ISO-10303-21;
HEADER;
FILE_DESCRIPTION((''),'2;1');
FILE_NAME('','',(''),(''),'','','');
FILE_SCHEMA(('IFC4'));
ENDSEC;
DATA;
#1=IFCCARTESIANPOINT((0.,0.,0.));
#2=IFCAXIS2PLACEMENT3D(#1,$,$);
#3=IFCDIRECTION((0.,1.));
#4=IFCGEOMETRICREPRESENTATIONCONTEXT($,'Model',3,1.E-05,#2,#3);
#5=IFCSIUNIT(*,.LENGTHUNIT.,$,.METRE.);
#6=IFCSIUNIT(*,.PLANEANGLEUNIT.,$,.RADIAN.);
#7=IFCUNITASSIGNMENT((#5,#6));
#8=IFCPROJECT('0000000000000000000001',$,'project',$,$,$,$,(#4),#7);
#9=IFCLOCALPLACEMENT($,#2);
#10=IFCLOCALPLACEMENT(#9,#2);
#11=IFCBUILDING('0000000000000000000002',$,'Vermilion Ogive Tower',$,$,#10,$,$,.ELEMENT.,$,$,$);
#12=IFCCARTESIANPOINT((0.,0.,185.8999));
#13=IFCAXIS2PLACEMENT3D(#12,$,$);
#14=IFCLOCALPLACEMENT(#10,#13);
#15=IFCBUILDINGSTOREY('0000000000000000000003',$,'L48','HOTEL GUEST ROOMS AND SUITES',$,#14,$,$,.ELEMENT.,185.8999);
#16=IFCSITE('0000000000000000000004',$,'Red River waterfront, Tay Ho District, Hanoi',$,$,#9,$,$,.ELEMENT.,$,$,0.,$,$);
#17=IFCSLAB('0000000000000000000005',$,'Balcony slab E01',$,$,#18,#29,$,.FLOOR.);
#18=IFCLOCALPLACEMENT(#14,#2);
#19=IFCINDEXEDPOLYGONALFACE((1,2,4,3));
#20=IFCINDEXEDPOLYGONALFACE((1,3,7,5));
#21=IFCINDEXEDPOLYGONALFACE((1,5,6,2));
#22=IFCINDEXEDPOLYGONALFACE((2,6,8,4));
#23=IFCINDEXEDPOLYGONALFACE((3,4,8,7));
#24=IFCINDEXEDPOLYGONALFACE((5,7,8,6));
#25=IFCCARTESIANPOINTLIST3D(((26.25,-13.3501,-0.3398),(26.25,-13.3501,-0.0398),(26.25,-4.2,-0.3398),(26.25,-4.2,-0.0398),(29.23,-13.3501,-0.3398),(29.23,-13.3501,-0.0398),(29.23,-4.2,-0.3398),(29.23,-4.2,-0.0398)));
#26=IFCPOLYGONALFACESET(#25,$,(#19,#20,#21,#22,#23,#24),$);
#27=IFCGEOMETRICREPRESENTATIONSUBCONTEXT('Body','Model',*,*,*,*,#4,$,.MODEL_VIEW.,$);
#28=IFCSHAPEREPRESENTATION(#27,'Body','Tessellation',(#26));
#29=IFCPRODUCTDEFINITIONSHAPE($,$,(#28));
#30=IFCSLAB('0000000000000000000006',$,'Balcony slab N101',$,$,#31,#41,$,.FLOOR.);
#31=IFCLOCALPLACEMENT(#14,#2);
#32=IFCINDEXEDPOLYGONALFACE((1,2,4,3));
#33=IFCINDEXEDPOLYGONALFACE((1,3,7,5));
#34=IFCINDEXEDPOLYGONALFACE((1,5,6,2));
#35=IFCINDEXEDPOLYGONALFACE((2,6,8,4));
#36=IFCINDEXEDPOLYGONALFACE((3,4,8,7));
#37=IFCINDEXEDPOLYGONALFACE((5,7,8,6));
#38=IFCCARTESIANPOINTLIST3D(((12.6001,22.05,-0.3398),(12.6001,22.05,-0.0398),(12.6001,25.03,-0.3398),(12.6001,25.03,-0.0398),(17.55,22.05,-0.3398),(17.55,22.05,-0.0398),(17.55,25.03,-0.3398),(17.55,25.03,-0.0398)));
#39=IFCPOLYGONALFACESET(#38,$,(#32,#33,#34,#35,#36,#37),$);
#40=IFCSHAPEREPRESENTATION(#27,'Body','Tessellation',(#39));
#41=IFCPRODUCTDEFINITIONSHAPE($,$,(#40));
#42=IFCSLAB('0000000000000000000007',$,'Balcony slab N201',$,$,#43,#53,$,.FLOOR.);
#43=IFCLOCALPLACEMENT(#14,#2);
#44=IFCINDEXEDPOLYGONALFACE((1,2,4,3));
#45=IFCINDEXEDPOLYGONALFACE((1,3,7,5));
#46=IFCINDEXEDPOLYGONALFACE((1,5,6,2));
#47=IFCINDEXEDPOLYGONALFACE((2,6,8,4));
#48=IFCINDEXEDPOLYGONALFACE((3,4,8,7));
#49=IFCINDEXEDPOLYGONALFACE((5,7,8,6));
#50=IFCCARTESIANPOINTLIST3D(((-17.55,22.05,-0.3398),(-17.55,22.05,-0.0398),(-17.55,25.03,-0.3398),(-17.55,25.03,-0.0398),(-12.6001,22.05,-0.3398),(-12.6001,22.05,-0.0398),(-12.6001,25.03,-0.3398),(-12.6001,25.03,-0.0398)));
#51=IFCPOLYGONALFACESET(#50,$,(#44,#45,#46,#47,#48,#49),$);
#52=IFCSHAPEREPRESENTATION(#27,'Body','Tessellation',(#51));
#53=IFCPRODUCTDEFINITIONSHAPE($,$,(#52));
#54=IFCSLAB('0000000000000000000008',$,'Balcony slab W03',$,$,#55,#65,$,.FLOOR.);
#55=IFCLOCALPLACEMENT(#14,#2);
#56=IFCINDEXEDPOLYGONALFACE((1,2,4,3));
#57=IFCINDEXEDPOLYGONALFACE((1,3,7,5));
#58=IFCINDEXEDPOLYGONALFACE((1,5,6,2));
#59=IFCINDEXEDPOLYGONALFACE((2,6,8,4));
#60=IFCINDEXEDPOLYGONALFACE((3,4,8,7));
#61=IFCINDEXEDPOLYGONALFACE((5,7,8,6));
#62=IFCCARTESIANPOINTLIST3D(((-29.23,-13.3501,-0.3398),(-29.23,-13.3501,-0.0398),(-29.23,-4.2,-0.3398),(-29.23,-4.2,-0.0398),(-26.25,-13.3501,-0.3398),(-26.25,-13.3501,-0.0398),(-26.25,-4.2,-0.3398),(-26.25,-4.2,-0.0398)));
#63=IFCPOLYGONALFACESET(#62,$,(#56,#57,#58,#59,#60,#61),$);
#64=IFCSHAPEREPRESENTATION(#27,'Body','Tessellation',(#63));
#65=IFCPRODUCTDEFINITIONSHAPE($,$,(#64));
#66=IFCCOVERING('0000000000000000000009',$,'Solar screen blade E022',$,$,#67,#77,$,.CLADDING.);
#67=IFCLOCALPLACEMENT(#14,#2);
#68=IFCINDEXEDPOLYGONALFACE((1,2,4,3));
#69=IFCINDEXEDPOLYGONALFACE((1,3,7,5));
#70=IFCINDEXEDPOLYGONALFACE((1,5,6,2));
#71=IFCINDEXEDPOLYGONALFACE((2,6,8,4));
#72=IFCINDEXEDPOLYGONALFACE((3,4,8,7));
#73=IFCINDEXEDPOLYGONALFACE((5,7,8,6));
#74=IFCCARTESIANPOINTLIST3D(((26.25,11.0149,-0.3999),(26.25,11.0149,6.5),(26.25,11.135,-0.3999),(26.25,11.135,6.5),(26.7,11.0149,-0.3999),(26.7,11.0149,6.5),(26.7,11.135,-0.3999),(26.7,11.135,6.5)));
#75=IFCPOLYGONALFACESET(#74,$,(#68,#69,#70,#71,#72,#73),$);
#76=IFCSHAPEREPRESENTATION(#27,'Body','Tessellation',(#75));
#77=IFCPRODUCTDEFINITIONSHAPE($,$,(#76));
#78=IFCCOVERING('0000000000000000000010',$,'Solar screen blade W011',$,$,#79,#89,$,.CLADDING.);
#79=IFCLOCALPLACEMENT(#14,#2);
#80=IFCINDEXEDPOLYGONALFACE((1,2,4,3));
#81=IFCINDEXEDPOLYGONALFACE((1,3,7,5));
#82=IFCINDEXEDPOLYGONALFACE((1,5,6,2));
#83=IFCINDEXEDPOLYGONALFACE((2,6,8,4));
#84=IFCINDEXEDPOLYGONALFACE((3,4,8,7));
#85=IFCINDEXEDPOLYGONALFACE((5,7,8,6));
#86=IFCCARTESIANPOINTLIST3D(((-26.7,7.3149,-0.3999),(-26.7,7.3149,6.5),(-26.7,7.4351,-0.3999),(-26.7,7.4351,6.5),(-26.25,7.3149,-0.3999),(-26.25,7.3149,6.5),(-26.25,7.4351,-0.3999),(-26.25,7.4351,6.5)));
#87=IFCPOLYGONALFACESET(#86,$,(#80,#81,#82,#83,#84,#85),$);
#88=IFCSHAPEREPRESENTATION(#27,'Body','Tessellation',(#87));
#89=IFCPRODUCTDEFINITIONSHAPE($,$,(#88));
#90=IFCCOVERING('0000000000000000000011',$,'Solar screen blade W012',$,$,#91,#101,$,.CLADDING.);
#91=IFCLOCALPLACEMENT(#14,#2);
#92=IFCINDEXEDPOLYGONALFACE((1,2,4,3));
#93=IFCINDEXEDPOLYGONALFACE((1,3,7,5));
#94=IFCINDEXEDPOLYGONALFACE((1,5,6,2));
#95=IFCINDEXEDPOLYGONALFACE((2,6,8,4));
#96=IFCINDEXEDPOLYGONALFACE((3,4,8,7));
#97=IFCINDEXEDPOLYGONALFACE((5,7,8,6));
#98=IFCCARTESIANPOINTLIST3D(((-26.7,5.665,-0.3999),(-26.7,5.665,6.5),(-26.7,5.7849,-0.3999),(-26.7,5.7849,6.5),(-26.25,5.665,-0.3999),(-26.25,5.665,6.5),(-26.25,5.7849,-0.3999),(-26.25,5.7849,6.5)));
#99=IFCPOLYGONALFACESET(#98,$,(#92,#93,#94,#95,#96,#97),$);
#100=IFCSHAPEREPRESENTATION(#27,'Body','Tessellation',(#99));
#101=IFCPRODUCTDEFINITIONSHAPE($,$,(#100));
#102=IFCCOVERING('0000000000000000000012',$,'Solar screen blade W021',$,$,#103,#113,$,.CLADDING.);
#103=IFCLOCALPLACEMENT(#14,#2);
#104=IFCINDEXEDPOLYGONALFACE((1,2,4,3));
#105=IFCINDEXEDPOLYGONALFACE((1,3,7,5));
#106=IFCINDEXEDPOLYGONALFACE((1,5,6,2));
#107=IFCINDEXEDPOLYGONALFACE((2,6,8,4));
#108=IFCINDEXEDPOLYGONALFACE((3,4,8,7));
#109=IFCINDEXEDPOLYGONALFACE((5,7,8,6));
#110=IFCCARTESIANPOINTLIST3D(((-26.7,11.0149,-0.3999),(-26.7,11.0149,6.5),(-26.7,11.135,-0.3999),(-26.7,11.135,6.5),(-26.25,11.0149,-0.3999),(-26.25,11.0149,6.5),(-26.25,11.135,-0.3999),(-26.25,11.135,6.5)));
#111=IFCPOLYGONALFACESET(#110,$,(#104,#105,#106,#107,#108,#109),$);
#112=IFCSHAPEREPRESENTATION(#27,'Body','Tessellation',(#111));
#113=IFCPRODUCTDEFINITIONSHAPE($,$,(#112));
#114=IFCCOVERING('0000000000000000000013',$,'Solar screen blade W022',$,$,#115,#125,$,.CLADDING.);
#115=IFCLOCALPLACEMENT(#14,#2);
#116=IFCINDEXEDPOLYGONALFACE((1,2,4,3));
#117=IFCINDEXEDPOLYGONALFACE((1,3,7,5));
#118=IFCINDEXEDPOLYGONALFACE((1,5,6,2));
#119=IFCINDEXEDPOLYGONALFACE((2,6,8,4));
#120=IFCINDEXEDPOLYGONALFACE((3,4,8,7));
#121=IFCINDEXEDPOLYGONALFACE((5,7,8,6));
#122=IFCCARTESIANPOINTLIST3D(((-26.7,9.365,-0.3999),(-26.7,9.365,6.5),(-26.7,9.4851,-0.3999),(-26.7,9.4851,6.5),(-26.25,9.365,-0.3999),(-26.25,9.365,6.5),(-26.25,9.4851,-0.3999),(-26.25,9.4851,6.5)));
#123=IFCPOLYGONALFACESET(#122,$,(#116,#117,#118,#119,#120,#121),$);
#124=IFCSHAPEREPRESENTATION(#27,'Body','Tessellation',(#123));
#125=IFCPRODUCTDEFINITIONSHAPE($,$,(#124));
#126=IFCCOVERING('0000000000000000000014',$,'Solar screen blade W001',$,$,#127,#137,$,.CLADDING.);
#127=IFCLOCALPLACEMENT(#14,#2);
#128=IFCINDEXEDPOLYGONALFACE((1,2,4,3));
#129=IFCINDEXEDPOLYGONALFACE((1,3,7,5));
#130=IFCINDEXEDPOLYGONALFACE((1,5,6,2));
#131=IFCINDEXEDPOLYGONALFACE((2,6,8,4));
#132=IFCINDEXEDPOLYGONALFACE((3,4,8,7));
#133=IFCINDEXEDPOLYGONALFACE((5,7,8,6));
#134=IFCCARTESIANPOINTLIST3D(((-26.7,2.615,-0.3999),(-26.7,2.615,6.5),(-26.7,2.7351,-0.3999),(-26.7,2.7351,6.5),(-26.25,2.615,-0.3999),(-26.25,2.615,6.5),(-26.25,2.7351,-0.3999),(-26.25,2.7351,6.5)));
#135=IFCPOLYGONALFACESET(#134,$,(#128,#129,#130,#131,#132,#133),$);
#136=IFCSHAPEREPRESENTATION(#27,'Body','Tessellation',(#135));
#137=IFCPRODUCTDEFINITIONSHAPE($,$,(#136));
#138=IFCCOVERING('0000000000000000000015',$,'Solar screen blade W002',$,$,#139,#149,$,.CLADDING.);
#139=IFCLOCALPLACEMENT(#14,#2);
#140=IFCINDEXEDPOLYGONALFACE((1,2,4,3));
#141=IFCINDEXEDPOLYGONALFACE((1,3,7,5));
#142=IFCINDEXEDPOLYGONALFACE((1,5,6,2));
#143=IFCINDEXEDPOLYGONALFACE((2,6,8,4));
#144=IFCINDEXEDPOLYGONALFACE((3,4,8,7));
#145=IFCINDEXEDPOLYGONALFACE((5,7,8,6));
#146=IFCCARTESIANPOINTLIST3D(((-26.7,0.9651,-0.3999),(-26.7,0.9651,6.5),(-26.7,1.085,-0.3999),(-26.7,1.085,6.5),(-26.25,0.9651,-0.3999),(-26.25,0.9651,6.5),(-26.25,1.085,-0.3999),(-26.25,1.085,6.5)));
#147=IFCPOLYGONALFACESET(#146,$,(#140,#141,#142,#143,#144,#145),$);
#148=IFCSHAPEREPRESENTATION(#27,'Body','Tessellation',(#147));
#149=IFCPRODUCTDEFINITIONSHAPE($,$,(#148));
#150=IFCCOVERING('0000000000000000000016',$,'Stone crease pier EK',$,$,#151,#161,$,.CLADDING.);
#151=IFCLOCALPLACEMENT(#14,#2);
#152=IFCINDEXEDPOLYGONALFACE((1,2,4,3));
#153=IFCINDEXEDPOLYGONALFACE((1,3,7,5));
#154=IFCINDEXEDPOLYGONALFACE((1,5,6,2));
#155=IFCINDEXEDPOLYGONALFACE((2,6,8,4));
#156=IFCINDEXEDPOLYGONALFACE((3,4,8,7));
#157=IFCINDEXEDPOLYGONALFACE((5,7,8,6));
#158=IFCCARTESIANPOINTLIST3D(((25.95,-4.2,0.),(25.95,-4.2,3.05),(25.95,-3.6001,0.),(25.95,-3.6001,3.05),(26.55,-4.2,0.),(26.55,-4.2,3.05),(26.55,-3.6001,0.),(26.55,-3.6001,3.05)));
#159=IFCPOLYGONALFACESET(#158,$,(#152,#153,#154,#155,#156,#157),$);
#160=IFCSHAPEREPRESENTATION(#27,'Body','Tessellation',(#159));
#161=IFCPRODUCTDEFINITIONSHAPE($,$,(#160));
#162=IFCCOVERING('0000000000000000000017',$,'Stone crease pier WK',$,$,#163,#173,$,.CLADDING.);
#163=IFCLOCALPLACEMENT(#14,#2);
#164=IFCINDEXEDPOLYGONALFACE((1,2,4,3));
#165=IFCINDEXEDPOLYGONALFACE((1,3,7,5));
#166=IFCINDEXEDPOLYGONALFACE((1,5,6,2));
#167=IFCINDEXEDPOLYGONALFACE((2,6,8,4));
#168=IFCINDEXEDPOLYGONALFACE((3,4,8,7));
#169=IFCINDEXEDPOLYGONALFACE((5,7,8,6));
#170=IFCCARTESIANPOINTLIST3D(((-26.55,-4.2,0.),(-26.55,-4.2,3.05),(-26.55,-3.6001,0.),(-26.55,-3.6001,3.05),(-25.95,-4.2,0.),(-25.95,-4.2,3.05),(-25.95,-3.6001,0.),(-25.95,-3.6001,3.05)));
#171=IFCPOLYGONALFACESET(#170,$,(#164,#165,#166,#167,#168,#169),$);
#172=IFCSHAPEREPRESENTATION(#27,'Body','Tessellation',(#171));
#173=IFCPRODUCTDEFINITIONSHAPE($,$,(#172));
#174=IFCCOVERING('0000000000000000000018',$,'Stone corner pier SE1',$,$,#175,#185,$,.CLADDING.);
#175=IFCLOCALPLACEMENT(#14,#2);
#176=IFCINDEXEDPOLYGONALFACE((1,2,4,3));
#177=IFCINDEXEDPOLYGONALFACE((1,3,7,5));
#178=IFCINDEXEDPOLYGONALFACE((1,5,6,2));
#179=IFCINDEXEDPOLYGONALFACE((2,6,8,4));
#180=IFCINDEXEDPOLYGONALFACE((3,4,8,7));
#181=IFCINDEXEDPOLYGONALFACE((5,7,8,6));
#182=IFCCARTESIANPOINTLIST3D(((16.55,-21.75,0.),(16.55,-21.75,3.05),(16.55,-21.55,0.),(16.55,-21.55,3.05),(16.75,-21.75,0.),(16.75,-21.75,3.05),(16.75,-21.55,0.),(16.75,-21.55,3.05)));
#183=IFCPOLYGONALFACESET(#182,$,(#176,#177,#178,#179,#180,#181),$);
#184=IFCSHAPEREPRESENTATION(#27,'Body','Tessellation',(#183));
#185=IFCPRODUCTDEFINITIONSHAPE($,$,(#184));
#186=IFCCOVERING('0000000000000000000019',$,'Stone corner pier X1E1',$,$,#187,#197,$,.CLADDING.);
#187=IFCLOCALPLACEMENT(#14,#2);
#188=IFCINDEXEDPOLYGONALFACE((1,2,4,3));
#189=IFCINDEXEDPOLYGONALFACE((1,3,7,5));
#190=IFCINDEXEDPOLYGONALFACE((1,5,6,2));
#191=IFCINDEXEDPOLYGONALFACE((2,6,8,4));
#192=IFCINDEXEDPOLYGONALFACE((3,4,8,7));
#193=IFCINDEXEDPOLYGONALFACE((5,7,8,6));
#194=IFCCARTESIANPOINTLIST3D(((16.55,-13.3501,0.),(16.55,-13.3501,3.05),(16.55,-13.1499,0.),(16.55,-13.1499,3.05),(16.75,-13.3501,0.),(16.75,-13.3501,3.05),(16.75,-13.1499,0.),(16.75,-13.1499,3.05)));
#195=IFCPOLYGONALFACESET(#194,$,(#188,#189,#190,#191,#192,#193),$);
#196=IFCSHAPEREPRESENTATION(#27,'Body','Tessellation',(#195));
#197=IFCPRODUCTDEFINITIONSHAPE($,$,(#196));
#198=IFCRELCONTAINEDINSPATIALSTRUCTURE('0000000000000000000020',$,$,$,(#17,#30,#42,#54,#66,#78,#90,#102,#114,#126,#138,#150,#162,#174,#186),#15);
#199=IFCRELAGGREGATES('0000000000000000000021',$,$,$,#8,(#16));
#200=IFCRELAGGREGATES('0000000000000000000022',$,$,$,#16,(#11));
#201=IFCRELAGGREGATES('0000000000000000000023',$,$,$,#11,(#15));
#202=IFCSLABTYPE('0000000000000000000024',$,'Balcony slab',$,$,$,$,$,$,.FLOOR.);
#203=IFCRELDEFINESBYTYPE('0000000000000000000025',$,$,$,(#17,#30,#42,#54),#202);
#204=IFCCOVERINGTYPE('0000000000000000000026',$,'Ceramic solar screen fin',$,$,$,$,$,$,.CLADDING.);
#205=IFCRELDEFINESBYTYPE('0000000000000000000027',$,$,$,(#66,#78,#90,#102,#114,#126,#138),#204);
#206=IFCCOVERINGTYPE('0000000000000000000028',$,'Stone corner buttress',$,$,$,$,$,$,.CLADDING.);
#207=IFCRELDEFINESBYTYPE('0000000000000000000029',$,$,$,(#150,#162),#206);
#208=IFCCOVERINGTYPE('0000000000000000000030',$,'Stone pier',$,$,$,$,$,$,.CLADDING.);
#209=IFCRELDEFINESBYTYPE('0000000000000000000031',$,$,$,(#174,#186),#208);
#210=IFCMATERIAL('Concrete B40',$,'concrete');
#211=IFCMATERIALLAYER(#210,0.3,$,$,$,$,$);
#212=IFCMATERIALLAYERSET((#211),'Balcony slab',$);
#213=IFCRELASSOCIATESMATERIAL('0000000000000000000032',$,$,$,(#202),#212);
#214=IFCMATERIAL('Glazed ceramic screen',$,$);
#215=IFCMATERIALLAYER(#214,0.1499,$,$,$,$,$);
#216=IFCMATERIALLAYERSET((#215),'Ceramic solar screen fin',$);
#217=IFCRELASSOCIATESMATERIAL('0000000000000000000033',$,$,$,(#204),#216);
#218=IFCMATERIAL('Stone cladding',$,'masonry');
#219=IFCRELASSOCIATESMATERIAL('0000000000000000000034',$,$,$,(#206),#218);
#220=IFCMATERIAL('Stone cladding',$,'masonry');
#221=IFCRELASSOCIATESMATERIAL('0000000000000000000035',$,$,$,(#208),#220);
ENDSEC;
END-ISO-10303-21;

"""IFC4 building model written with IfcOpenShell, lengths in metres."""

from ifc_helpers import new_model, si_unit, direction, frame, origin, place, context, subcontext, project, spatial, polyline, outline, extrude, material, layer, layer_set, type_object, element, save


model = new_model("IFC4")

# Units and contexts
model_context = context("Model", 3, precision=1e-05, world=origin(), true_north=direction((0.0, 1.0)))
body_context = subcontext(model_context, "Body", "Model", "MODEL_VIEW")
ifc_project = project(units=[si_unit("LENGTHUNIT", "METRE"), si_unit("PLANEANGLEUNIT", "RADIAN")], contexts=[model_context])

# Site, building, storey
site_placement = place(None, origin())
site = spatial("IfcSite", under=ifc_project, at=site_placement, Name="Red River waterfront, Tay Ho District, Hanoi", CompositionType="ELEMENT", RefElevation=0.0)
building_placement = place(site_placement, origin())
building = spatial("IfcBuilding", under=site, at=building_placement, Name="Vermilion Ogive Tower", CompositionType="ELEMENT")
storey_placement = place(building_placement, frame((0.0, 0.0, 185.8999)))
storey = spatial("IfcBuildingStorey", under=building, at=storey_placement, Name="L48", Description="HOTEL GUEST ROOMS AND SUITES", CompositionType="ELEMENT", Elevation=185.8999)

# Slabs
ifc_material_1 = material(Name="Concrete B40", Category="concrete")
ifc_layer_1 = layer(ifc_material_1, 0.3)
ifc_layer_set_1 = layer_set([ifc_layer_1], Name="Balcony slab")
slab_type = type_object("IfcSlabType", Name="Balcony slab", PredefinedType="FLOOR", material=ifc_layer_set_1)
slab_1_placement = place(storey_placement, frame((0.0, 0.0, -0.3398)))
element("IfcSlab", 1, at=slab_1_placement, inside=storey, type_object=slab_type, Name="Balcony slab E01", PredefinedType="FLOOR", context=body_context, shape_type="SweptSolid", body=[
    extrude(outline(polyline([(29.23, -13.3501), (29.23, -4.2), (26.25, -4.2), (26.25, -13.3501), (29.23, -13.3501)])), origin(), (0.0, 0.0, 1.0), 0.3),
])
slab_2_placement = place(storey_placement, frame((0.0, 0.0, -0.3398)))
element("IfcSlab", 2, at=slab_2_placement, inside=storey, type_object=slab_type, Name="Balcony slab N101", PredefinedType="FLOOR", context=body_context, shape_type="SweptSolid", body=[
    extrude(outline(polyline([(17.55, 25.03), (12.6001, 25.03), (12.6001, 22.05), (17.55, 22.05), (17.55, 25.03)])), origin(), (0.0, 0.0, 1.0), 0.3),
])
slab_3_placement = place(storey_placement, frame((0.0, 0.0, -0.3398)))
element("IfcSlab", 3, at=slab_3_placement, inside=storey, type_object=slab_type, Name="Balcony slab N201", PredefinedType="FLOOR", context=body_context, shape_type="SweptSolid", body=[
    extrude(outline(polyline([(-12.6001, 25.03), (-17.55, 25.03), (-17.55, 22.05), (-12.6001, 22.05), (-12.6001, 25.03)])), origin(), (0.0, 0.0, 1.0), 0.3),
])
slab_4_placement = place(storey_placement, frame((0.0, 0.0, -0.3398)))
element("IfcSlab", 4, at=slab_4_placement, inside=storey, type_object=slab_type, Name="Balcony slab W03", PredefinedType="FLOOR", context=body_context, shape_type="SweptSolid", body=[
    extrude(outline(polyline([(-29.23, -4.2), (-29.23, -13.3501), (-26.25, -13.3501), (-26.25, -4.2), (-29.23, -4.2)])), origin(), (0.0, 0.0, 1.0), 0.3),
])

# Coverings
ifc_material_2 = material(Name="Glazed ceramic screen")
ifc_layer_2 = layer(ifc_material_2, 0.1499)
ifc_layer_set_2 = layer_set([ifc_layer_2], Name="Ceramic solar screen fin")
covering_type_1 = type_object("IfcCoveringType", Name="Ceramic solar screen fin", PredefinedType="CLADDING", material=ifc_layer_set_2)
covering_1_placement = place(storey_placement, frame((0.0, 0.0, -0.3999)))
element("IfcCovering", 5, at=covering_1_placement, inside=storey, type_object=covering_type_1, Name="Solar screen blade E022", PredefinedType="CLADDING", context=body_context, shape_type="SweptSolid", body=[
    extrude(outline(polyline([(26.7, 11.0149), (26.7, 11.135), (26.25, 11.135), (26.25, 11.0149), (26.7, 11.0149)])), origin(), (0.0, 0.0, 1.0), 6.8999),
])
covering_2_placement = place(storey_placement, frame((0.0, 0.0, -0.3999)))
element("IfcCovering", 6, at=covering_2_placement, inside=storey, type_object=covering_type_1, Name="Solar screen blade W011", PredefinedType="CLADDING", context=body_context, shape_type="SweptSolid", body=[
    extrude(outline(polyline([(-26.7, 7.4351), (-26.7, 7.3149), (-26.25, 7.3149), (-26.25, 7.4351), (-26.7, 7.4351)])), origin(), (0.0, 0.0, 1.0), 6.8999),
])
covering_3_placement = place(storey_placement, frame((0.0, 0.0, -0.3999)))
element("IfcCovering", 7, at=covering_3_placement, inside=storey, type_object=covering_type_1, Name="Solar screen blade W012", PredefinedType="CLADDING", context=body_context, shape_type="SweptSolid", body=[
    extrude(outline(polyline([(-26.7, 5.7849), (-26.7, 5.665), (-26.25, 5.665), (-26.25, 5.7849), (-26.7, 5.7849)])), origin(), (0.0, 0.0, 1.0), 6.8999),
])
covering_4_placement = place(storey_placement, frame((0.0, 0.0, -0.3999)))
element("IfcCovering", 8, at=covering_4_placement, inside=storey, type_object=covering_type_1, Name="Solar screen blade W021", PredefinedType="CLADDING", context=body_context, shape_type="SweptSolid", body=[
    extrude(outline(polyline([(-26.7, 11.135), (-26.7, 11.0149), (-26.25, 11.0149), (-26.25, 11.135), (-26.7, 11.135)])), origin(), (0.0, 0.0, 1.0), 6.8999),
])
covering_5_placement = place(storey_placement, frame((0.0, 0.0, -0.3999)))
element("IfcCovering", 9, at=covering_5_placement, inside=storey, type_object=covering_type_1, Name="Solar screen blade W022", PredefinedType="CLADDING", context=body_context, shape_type="SweptSolid", body=[
    extrude(outline(polyline([(-26.7, 9.4851), (-26.7, 9.365), (-26.25, 9.365), (-26.25, 9.4851), (-26.7, 9.4851)])), origin(), (0.0, 0.0, 1.0), 6.8999),
])
covering_6_placement = place(storey_placement, frame((0.0, 0.0, -0.3999)))
element("IfcCovering", 10, at=covering_6_placement, inside=storey, type_object=covering_type_1, Name="Solar screen blade W001", PredefinedType="CLADDING", context=body_context, shape_type="SweptSolid", body=[
    extrude(outline(polyline([(-26.7, 2.7351), (-26.7, 2.615), (-26.25, 2.615), (-26.25, 2.7351), (-26.7, 2.7351)])), origin(), (0.0, 0.0, 1.0), 6.8999),
])
covering_7_placement = place(storey_placement, frame((0.0, 0.0, -0.3999)))
element("IfcCovering", 11, at=covering_7_placement, inside=storey, type_object=covering_type_1, Name="Solar screen blade W002", PredefinedType="CLADDING", context=body_context, shape_type="SweptSolid", body=[
    extrude(outline(polyline([(-26.7, 1.085), (-26.7, 0.9651), (-26.25, 0.9651), (-26.25, 1.085), (-26.7, 1.085)])), origin(), (0.0, 0.0, 1.0), 6.8999),
])
ifc_material_3 = material(Name="Stone cladding", Category="masonry")
covering_type_2 = type_object("IfcCoveringType", Name="Stone corner buttress", PredefinedType="CLADDING", material=ifc_material_3)
covering_8_placement = place(storey_placement, origin())
element("IfcCovering", 12, at=covering_8_placement, inside=storey, type_object=covering_type_2, Name="Stone crease pier EK", PredefinedType="CLADDING", context=body_context, shape_type="SweptSolid", body=[
    extrude(outline(polyline([(26.55, -4.2), (26.55, -3.6001), (25.95, -3.6001), (25.95, -4.2), (26.55, -4.2)])), origin(), (0.0, 0.0, 1.0), 3.05),
])
covering_9_placement = place(storey_placement, origin())
element("IfcCovering", 13, at=covering_9_placement, inside=storey, type_object=covering_type_2, Name="Stone crease pier WK", PredefinedType="CLADDING", context=body_context, shape_type="SweptSolid", body=[
    extrude(outline(polyline([(-26.55, -3.6001), (-26.55, -4.2), (-25.95, -4.2), (-25.95, -3.6001), (-26.55, -3.6001)])), origin(), (0.0, 0.0, 1.0), 3.05),
])
ifc_material_4 = material(Name="Stone cladding", Category="masonry")
covering_type_3 = type_object("IfcCoveringType", Name="Stone pier", PredefinedType="CLADDING", material=ifc_material_4)
covering_10_placement = place(storey_placement, origin())
element("IfcCovering", 14, at=covering_10_placement, inside=storey, type_object=covering_type_3, Name="Stone corner pier SE1", PredefinedType="CLADDING", context=body_context, shape_type="SweptSolid", body=[
    extrude(outline(polyline([(16.55, -21.55), (16.75, -21.55), (16.75, -21.75), (16.55, -21.75), (16.55, -21.55)])), origin(), (0.0, 0.0, 1.0), 3.05),
])
covering_11_placement = place(storey_placement, origin())
element("IfcCovering", 15, at=covering_11_placement, inside=storey, type_object=covering_type_3, Name="Stone corner pier X1E1", PredefinedType="CLADDING", context=body_context, shape_type="SweptSolid", body=[
    extrude(outline(polyline([(16.55, -13.1499), (16.75, -13.1499), (16.75, -13.3501), (16.55, -13.3501), (16.55, -13.1499)])), origin(), (0.0, 0.0, 1.0), 3.05),
])

save(model, "model.ifc")
